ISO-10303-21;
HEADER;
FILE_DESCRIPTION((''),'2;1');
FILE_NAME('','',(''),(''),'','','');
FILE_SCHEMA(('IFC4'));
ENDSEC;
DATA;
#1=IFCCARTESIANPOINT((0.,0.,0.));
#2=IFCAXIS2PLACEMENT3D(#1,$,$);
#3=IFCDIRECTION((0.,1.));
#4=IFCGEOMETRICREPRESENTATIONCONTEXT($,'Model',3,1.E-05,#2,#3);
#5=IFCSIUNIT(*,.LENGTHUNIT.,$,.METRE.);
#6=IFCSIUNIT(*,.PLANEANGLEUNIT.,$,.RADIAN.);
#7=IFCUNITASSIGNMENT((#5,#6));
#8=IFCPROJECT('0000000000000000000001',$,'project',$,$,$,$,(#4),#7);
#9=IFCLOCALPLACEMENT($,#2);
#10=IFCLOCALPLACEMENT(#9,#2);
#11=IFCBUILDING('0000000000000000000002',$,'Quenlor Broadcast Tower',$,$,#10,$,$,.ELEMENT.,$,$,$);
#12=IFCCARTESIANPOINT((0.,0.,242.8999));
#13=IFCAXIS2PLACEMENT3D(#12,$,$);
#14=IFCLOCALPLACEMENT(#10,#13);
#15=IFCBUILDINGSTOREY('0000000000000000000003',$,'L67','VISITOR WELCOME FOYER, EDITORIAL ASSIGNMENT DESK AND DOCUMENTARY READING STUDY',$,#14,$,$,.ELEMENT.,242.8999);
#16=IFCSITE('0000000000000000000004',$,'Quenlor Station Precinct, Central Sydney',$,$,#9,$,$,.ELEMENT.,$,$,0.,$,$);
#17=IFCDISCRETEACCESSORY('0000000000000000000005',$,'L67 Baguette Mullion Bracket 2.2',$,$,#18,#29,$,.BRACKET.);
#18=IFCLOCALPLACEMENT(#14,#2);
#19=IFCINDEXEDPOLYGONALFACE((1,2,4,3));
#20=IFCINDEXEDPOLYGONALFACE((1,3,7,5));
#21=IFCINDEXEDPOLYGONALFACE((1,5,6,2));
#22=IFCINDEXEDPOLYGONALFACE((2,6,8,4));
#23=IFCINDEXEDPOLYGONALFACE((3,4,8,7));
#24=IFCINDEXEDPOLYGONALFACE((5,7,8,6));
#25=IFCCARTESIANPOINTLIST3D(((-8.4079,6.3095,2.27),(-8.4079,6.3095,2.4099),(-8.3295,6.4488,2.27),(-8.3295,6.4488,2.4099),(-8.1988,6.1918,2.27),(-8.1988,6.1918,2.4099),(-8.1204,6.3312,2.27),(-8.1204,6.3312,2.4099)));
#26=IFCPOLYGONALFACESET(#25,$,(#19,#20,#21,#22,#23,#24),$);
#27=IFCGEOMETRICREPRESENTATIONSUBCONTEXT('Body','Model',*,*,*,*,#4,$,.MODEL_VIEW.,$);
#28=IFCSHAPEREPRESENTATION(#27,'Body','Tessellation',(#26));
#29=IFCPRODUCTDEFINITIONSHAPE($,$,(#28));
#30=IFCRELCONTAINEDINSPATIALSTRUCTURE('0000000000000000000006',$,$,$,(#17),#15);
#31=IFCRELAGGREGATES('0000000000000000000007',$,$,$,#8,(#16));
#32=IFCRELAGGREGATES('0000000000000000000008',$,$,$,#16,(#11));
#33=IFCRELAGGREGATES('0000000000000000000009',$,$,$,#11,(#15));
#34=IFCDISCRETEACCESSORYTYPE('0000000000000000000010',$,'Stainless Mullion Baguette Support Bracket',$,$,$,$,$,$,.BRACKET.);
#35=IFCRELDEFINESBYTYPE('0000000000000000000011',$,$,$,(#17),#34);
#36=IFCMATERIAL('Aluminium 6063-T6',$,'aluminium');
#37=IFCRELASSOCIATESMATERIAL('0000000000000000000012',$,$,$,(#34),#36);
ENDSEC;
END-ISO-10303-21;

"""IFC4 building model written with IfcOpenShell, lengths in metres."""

from ifc_helpers import new_model, si_unit, direction, frame, origin, origin_2d, place, context, subcontext, project, spatial, rectangle, extrude, material, type_object, element, save


model = new_model("IFC4")

# Units and contexts
model_context = context("Model", 3, precision=1e-05, world=origin(), true_north=direction((0.0, 1.0)))
body_context = subcontext(model_context, "Body", "Model", "MODEL_VIEW")
ifc_project = project(units=[si_unit("LENGTHUNIT", "METRE"), si_unit("PLANEANGLEUNIT", "RADIAN")], contexts=[model_context])

# Site, building, storey
site_placement = place(None, origin())
site = spatial("IfcSite", under=ifc_project, at=site_placement, Name="Quenlor Station Precinct, Central Sydney", CompositionType="ELEMENT", RefElevation=0.0)
building_placement = place(site_placement, origin())
building = spatial("IfcBuilding", under=site, at=building_placement, Name="Quenlor Broadcast Tower", CompositionType="ELEMENT")
storey_placement = place(building_placement, frame((0.0, 0.0, 242.8999)))
storey = spatial("IfcBuildingStorey", under=building, at=storey_placement, Name="L67", Description="VISITOR WELCOME FOYER, EDITORIAL ASSIGNMENT DESK AND DOCUMENTARY READING STUDY", CompositionType="ELEMENT", Elevation=242.8999)

# Discrete accessory
ifc_material_1 = material(Name="Aluminium 6063-T6", Category="aluminium")
discrete_accessory_type = type_object("IfcDiscreteAccessoryType", Name="Stainless Mullion Baguette Support Bracket", PredefinedType="BRACKET", material=ifc_material_1)
for number, where, z_axis, x_axis, name in (
    (1, (-8.2642, 6.3203, 2.27), (0.0, 0.0, 1.0), (0.490262, 0.871575, 0.0), "L67 Baguette Mullion Bracket 2.2"),
):
    element("IfcDiscreteAccessory", number, at=place(storey_placement, frame(where, z_axis=z_axis, x_axis=x_axis)), inside=storey, type_object=discrete_accessory_type, Name=name, PredefinedType="BRACKET", context=body_context, shape_type="SweptSolid", body=[
        extrude(rectangle(XDim=0.1599, YDim=0.24, at=origin_2d()), origin(), (0.0, 0.0, 1.0), 0.1399),
    ])

save(model, "model.ifc")
